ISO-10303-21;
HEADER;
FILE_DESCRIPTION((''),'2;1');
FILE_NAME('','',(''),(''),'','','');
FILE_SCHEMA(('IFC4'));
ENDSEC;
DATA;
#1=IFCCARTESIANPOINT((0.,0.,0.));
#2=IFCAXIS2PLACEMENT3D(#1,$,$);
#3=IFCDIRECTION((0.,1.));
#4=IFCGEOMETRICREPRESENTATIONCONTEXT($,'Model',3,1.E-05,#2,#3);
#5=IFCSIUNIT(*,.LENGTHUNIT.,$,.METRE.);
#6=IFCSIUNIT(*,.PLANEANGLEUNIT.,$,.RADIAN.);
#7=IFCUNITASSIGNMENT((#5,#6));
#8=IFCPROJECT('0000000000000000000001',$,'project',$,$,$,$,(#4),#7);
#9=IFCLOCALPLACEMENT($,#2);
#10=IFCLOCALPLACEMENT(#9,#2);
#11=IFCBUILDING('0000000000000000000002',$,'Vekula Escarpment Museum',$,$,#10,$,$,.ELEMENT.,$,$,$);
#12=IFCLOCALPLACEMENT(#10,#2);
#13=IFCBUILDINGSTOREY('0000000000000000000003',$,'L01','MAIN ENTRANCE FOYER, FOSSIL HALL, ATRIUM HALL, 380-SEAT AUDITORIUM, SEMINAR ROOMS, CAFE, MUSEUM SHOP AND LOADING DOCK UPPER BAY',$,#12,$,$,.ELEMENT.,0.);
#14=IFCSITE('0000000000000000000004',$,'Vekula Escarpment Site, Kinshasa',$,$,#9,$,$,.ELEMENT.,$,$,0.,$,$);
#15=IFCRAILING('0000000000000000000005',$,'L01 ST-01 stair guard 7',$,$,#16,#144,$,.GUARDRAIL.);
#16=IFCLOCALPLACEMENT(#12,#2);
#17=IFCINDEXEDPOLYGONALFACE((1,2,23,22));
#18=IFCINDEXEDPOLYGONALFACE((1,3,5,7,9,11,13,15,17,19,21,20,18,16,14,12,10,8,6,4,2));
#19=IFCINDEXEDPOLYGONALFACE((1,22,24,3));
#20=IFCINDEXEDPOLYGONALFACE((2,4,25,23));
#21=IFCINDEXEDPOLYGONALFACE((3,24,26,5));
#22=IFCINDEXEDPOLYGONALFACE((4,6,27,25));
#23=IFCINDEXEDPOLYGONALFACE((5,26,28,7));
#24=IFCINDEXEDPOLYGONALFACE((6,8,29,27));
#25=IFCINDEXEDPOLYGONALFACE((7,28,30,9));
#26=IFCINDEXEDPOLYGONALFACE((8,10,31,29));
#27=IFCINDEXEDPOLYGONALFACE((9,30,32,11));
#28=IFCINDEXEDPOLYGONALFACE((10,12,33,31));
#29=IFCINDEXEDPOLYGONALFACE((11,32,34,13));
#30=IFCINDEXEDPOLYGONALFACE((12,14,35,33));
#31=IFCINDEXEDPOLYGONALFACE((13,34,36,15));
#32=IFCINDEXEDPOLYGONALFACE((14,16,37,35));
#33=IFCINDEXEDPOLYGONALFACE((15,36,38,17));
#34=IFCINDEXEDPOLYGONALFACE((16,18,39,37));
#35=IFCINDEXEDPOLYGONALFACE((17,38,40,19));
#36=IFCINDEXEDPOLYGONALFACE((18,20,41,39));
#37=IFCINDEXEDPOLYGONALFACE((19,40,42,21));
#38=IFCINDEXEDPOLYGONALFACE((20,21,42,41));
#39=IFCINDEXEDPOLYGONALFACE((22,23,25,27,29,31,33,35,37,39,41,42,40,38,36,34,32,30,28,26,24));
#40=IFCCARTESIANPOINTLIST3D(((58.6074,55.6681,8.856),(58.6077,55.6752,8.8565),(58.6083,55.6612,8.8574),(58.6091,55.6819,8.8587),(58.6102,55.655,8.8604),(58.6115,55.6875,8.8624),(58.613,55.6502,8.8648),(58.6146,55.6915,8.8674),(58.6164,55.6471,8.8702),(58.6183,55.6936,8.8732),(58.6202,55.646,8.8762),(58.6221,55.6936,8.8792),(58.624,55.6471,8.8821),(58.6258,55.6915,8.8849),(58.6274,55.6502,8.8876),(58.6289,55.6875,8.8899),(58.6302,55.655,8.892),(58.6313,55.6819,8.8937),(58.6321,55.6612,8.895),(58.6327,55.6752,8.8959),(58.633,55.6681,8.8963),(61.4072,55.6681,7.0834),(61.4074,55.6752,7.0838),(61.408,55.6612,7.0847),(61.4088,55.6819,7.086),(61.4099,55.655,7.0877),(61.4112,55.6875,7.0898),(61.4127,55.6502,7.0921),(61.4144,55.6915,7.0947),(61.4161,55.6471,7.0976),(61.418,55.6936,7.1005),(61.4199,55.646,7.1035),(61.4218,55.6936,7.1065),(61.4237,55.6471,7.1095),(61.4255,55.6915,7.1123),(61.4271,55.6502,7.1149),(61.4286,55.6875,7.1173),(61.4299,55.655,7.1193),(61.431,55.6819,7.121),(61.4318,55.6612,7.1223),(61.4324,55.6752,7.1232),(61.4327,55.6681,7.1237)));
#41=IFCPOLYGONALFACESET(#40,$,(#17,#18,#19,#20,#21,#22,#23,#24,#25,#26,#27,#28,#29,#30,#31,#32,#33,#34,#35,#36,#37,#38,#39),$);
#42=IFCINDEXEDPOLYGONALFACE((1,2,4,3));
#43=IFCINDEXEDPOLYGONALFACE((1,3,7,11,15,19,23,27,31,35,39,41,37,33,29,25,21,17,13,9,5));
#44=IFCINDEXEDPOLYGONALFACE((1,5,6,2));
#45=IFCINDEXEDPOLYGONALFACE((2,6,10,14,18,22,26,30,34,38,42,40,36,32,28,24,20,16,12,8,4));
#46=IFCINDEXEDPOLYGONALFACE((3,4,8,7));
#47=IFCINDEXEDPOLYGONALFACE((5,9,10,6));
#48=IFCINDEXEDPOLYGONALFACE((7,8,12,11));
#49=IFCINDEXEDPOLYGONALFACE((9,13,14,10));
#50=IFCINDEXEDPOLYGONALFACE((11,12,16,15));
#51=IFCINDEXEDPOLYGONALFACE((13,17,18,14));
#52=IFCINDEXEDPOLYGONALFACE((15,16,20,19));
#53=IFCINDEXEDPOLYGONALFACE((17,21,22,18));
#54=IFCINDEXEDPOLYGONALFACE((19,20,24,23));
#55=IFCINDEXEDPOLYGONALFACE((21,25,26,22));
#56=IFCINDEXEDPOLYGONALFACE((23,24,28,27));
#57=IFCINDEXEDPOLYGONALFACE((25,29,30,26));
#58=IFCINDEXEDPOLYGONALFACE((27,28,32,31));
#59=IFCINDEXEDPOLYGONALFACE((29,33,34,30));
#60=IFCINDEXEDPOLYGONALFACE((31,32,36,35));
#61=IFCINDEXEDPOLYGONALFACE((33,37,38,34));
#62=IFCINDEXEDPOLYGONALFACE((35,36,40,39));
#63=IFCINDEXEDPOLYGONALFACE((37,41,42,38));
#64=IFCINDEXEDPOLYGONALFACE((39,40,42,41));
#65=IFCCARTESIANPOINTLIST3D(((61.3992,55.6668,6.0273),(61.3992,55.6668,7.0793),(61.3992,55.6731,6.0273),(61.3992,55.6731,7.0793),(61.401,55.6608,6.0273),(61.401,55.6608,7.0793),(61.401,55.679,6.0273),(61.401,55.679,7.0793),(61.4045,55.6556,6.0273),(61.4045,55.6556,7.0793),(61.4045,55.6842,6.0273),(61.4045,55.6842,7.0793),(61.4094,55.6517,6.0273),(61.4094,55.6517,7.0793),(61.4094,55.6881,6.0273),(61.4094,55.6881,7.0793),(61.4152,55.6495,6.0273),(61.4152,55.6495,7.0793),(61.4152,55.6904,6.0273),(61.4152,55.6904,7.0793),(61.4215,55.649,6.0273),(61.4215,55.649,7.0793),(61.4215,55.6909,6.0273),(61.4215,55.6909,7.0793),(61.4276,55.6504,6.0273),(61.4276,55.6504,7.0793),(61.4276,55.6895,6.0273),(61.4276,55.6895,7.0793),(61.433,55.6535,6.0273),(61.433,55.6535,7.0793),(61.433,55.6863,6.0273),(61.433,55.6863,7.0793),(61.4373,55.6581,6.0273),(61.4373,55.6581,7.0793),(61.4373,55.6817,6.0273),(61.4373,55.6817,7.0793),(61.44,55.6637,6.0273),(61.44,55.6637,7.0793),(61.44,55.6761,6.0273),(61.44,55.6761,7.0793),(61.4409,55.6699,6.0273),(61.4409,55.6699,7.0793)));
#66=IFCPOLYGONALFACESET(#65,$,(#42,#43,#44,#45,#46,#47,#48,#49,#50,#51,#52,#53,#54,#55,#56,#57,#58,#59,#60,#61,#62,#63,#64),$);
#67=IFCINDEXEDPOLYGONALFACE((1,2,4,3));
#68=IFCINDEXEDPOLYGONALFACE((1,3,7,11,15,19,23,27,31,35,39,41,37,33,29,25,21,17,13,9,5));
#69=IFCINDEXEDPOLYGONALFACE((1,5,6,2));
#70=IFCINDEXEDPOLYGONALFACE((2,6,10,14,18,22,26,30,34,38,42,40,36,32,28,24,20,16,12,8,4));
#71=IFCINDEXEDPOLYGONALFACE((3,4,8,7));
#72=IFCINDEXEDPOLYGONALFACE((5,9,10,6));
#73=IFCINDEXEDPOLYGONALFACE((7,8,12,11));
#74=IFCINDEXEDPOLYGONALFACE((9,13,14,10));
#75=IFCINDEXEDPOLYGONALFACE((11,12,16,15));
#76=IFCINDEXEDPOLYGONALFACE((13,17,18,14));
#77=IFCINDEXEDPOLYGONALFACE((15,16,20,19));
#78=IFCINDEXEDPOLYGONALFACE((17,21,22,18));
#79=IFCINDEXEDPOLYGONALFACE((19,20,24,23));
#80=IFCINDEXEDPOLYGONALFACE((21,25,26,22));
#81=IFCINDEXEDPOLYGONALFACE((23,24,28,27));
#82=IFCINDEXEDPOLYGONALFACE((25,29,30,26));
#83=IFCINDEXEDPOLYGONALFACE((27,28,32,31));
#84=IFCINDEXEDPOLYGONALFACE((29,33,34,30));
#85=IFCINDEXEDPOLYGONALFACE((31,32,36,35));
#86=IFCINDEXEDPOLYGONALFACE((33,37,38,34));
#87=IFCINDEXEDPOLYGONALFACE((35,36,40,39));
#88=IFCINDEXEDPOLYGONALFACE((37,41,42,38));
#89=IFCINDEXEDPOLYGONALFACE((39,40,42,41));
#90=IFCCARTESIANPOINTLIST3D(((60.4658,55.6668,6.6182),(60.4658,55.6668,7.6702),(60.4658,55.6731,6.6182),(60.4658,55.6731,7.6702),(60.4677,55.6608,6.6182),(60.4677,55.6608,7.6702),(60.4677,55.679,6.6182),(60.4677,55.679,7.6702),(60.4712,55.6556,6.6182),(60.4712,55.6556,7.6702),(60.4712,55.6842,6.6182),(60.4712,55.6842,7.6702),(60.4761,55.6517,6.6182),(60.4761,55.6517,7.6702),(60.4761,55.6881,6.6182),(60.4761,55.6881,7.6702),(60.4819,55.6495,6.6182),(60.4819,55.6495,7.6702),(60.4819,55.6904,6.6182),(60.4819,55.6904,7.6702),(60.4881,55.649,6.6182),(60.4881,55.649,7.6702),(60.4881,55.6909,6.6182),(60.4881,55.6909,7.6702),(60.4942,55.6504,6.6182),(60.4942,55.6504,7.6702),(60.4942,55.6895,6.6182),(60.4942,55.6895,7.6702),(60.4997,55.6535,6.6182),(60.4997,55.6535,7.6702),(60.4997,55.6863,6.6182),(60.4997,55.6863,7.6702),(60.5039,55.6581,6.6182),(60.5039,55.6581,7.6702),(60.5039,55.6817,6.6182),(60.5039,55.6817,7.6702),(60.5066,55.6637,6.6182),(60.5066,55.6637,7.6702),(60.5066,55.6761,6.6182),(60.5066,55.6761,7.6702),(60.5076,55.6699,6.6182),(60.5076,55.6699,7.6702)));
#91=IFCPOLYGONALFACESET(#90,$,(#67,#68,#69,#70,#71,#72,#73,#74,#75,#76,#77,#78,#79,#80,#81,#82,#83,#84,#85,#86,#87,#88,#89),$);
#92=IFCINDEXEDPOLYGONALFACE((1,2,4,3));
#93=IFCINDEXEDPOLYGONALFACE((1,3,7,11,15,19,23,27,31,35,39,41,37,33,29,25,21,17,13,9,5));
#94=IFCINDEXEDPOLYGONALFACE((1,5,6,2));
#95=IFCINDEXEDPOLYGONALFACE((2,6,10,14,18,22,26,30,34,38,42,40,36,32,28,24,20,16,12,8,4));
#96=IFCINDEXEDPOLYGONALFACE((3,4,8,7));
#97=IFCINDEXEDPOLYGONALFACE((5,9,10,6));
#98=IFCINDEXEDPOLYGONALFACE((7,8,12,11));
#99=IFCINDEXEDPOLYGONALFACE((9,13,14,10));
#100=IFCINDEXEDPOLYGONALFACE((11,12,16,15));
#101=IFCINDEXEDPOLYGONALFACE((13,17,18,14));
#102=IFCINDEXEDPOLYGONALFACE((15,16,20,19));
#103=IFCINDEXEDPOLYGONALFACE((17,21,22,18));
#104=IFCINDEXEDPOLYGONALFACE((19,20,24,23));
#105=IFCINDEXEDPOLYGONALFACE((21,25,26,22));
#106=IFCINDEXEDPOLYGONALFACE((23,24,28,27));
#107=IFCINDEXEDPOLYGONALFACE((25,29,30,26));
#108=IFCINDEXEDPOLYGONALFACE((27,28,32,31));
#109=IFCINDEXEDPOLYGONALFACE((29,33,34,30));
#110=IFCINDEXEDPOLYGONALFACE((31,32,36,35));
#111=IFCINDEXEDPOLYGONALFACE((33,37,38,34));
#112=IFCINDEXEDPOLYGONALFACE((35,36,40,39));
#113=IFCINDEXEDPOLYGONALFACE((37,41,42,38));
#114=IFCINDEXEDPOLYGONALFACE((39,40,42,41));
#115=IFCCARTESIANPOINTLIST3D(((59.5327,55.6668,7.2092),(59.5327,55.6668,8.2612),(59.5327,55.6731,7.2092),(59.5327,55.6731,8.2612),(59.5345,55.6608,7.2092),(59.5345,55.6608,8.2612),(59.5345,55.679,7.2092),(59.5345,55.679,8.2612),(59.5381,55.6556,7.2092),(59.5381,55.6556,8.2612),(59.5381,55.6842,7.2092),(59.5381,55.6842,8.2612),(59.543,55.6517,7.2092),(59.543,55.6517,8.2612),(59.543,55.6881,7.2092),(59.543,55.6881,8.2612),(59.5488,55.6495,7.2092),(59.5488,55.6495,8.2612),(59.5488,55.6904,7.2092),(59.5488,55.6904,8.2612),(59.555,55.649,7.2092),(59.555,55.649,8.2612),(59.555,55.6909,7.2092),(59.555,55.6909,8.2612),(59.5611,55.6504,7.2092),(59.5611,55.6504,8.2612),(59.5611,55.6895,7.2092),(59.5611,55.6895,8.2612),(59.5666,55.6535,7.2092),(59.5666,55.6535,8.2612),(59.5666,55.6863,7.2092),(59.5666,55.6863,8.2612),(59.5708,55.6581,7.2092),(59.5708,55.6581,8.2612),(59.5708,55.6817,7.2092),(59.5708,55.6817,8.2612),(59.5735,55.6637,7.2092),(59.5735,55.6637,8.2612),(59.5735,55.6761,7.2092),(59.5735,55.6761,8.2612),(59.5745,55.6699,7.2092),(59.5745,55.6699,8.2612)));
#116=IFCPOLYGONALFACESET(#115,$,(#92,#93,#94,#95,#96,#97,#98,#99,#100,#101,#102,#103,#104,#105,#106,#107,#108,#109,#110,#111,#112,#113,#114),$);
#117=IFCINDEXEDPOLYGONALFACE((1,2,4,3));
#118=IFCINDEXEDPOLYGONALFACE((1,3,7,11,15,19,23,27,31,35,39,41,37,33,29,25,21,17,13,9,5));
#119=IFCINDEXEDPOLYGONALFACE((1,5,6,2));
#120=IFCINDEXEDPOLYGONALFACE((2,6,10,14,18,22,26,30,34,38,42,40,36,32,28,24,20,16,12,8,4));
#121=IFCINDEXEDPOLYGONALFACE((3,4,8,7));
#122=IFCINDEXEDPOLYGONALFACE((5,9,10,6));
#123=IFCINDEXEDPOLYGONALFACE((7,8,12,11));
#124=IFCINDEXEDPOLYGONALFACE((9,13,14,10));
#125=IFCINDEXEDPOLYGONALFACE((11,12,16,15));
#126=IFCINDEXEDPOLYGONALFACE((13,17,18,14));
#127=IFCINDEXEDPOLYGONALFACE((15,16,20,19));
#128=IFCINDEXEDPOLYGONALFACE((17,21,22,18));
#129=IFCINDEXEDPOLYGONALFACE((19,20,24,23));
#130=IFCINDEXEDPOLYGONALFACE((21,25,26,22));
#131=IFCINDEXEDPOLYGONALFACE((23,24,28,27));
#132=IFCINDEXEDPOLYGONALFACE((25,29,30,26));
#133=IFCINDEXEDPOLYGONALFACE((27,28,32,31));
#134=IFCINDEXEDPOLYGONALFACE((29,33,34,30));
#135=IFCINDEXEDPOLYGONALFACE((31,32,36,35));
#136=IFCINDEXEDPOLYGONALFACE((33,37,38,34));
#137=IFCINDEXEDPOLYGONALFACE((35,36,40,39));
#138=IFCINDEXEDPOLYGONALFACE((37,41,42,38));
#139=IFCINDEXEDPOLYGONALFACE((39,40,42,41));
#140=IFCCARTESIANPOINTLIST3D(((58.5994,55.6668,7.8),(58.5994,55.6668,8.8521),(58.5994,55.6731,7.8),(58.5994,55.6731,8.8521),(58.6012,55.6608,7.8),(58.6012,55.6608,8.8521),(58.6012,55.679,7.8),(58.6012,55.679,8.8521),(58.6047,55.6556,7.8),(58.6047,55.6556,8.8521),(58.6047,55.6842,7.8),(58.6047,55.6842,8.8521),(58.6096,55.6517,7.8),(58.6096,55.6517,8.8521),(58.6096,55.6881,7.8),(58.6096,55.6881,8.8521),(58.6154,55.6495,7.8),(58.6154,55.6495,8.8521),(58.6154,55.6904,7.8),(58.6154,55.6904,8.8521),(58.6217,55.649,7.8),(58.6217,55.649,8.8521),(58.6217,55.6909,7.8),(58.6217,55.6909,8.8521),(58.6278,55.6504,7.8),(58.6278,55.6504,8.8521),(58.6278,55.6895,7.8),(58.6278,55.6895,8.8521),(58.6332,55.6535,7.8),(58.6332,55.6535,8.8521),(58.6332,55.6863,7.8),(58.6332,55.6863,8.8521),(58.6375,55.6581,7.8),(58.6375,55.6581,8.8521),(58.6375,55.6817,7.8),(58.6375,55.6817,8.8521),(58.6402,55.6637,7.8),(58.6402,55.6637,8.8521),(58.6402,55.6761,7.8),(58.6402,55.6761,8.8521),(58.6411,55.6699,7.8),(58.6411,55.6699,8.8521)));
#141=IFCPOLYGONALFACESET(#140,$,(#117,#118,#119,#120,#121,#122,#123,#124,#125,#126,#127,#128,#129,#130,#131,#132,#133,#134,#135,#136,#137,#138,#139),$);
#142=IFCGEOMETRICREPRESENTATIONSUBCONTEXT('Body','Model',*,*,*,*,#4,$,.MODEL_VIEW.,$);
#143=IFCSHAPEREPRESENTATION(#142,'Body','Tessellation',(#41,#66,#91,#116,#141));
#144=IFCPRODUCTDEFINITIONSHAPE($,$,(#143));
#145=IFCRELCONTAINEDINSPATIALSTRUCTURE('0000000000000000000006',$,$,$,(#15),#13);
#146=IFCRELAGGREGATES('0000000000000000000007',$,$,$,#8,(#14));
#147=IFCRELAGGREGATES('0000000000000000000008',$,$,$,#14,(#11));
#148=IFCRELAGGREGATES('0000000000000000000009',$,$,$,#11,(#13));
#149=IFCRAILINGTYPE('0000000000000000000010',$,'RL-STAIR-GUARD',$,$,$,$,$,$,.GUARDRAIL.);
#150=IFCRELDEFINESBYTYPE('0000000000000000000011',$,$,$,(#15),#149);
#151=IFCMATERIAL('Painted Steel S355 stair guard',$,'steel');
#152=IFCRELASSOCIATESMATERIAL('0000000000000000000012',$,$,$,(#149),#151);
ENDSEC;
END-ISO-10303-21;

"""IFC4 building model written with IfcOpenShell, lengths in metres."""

from ifc_helpers import new_model, si_unit, direction, frame, origin, origin_2d, place, context, subcontext, project, spatial, circle, extrude, material, type_object, element, save


model = new_model("IFC4")

# Units and contexts
model_context = context("Model", 3, precision=1e-05, world=origin(), true_north=direction((0.0, 1.0)))
body_context = subcontext(model_context, "Body", "Model", "MODEL_VIEW")
ifc_project = project(units=[si_unit("LENGTHUNIT", "METRE"), si_unit("PLANEANGLEUNIT", "RADIAN")], contexts=[model_context])

# Site, building, storey
site_placement = place(None, origin())
site = spatial("IfcSite", under=ifc_project, at=site_placement, Name="Vekula Escarpment Site, Kinshasa", CompositionType="ELEMENT", RefElevation=0.0)
building_placement = place(site_placement, origin())
building = spatial("IfcBuilding", under=site, at=building_placement, Name="Vekula Escarpment Museum", CompositionType="ELEMENT")
storey_placement = place(building_placement, origin())
storey = spatial("IfcBuildingStorey", under=building, at=storey_placement, Name="L01", Description="MAIN ENTRANCE FOYER, FOSSIL HALL, ATRIUM HALL, 380-SEAT AUDITORIUM, SEMINAR ROOMS, CAFE, MUSEUM SHOP AND LOADING DOCK UPPER BAY", CompositionType="ELEMENT", Elevation=0.0)

# Railing
ifc_material_1 = material(Name="Painted Steel S355 stair guard", Category="steel")
railing_type_1 = type_object("IfcRailingType", Name="RL-STAIR-GUARD", PredefinedType="GUARDRAIL", material=ifc_material_1)
railing_1_placement = place(storey_placement, frame((61.4199, 55.6699, 6.0273)))
element("IfcRailing", 1, at=railing_1_placement, inside=storey, type_object=railing_type_1, Name="L01 ST-01 stair guard 7", PredefinedType="GUARDRAIL", context=body_context, shape_type="SweptSolid", body=[
    extrude(circle(Radius=0.0239, at=origin_2d()), frame((0.0, 0.0, 1.0762), z_axis=(-0.844888, 0.0, 0.534943), x_axis=(0.0, -1.0, 0.0)), (0.0, 0.0, 1.0), 3.3137),
    extrude(circle(Radius=0.021, at=origin_2d()), origin(), (0.0, 0.0, 1.0), 1.052),
    extrude(circle(Radius=0.021, at=origin_2d()), frame((-0.9333, 0.0, 0.5908)), (0.0, 0.0, 1.0), 1.052),
    extrude(circle(Radius=0.021, at=origin_2d()), frame((-1.8665, 0.0, 1.1819)), (0.0, 0.0, 1.0), 1.052),
    extrude(circle(Radius=0.021, at=origin_2d()), frame((-2.7998, 0.0, 1.7727)), (0.0, 0.0, 1.0), 1.052),
])

save(model, "model.ifc")
